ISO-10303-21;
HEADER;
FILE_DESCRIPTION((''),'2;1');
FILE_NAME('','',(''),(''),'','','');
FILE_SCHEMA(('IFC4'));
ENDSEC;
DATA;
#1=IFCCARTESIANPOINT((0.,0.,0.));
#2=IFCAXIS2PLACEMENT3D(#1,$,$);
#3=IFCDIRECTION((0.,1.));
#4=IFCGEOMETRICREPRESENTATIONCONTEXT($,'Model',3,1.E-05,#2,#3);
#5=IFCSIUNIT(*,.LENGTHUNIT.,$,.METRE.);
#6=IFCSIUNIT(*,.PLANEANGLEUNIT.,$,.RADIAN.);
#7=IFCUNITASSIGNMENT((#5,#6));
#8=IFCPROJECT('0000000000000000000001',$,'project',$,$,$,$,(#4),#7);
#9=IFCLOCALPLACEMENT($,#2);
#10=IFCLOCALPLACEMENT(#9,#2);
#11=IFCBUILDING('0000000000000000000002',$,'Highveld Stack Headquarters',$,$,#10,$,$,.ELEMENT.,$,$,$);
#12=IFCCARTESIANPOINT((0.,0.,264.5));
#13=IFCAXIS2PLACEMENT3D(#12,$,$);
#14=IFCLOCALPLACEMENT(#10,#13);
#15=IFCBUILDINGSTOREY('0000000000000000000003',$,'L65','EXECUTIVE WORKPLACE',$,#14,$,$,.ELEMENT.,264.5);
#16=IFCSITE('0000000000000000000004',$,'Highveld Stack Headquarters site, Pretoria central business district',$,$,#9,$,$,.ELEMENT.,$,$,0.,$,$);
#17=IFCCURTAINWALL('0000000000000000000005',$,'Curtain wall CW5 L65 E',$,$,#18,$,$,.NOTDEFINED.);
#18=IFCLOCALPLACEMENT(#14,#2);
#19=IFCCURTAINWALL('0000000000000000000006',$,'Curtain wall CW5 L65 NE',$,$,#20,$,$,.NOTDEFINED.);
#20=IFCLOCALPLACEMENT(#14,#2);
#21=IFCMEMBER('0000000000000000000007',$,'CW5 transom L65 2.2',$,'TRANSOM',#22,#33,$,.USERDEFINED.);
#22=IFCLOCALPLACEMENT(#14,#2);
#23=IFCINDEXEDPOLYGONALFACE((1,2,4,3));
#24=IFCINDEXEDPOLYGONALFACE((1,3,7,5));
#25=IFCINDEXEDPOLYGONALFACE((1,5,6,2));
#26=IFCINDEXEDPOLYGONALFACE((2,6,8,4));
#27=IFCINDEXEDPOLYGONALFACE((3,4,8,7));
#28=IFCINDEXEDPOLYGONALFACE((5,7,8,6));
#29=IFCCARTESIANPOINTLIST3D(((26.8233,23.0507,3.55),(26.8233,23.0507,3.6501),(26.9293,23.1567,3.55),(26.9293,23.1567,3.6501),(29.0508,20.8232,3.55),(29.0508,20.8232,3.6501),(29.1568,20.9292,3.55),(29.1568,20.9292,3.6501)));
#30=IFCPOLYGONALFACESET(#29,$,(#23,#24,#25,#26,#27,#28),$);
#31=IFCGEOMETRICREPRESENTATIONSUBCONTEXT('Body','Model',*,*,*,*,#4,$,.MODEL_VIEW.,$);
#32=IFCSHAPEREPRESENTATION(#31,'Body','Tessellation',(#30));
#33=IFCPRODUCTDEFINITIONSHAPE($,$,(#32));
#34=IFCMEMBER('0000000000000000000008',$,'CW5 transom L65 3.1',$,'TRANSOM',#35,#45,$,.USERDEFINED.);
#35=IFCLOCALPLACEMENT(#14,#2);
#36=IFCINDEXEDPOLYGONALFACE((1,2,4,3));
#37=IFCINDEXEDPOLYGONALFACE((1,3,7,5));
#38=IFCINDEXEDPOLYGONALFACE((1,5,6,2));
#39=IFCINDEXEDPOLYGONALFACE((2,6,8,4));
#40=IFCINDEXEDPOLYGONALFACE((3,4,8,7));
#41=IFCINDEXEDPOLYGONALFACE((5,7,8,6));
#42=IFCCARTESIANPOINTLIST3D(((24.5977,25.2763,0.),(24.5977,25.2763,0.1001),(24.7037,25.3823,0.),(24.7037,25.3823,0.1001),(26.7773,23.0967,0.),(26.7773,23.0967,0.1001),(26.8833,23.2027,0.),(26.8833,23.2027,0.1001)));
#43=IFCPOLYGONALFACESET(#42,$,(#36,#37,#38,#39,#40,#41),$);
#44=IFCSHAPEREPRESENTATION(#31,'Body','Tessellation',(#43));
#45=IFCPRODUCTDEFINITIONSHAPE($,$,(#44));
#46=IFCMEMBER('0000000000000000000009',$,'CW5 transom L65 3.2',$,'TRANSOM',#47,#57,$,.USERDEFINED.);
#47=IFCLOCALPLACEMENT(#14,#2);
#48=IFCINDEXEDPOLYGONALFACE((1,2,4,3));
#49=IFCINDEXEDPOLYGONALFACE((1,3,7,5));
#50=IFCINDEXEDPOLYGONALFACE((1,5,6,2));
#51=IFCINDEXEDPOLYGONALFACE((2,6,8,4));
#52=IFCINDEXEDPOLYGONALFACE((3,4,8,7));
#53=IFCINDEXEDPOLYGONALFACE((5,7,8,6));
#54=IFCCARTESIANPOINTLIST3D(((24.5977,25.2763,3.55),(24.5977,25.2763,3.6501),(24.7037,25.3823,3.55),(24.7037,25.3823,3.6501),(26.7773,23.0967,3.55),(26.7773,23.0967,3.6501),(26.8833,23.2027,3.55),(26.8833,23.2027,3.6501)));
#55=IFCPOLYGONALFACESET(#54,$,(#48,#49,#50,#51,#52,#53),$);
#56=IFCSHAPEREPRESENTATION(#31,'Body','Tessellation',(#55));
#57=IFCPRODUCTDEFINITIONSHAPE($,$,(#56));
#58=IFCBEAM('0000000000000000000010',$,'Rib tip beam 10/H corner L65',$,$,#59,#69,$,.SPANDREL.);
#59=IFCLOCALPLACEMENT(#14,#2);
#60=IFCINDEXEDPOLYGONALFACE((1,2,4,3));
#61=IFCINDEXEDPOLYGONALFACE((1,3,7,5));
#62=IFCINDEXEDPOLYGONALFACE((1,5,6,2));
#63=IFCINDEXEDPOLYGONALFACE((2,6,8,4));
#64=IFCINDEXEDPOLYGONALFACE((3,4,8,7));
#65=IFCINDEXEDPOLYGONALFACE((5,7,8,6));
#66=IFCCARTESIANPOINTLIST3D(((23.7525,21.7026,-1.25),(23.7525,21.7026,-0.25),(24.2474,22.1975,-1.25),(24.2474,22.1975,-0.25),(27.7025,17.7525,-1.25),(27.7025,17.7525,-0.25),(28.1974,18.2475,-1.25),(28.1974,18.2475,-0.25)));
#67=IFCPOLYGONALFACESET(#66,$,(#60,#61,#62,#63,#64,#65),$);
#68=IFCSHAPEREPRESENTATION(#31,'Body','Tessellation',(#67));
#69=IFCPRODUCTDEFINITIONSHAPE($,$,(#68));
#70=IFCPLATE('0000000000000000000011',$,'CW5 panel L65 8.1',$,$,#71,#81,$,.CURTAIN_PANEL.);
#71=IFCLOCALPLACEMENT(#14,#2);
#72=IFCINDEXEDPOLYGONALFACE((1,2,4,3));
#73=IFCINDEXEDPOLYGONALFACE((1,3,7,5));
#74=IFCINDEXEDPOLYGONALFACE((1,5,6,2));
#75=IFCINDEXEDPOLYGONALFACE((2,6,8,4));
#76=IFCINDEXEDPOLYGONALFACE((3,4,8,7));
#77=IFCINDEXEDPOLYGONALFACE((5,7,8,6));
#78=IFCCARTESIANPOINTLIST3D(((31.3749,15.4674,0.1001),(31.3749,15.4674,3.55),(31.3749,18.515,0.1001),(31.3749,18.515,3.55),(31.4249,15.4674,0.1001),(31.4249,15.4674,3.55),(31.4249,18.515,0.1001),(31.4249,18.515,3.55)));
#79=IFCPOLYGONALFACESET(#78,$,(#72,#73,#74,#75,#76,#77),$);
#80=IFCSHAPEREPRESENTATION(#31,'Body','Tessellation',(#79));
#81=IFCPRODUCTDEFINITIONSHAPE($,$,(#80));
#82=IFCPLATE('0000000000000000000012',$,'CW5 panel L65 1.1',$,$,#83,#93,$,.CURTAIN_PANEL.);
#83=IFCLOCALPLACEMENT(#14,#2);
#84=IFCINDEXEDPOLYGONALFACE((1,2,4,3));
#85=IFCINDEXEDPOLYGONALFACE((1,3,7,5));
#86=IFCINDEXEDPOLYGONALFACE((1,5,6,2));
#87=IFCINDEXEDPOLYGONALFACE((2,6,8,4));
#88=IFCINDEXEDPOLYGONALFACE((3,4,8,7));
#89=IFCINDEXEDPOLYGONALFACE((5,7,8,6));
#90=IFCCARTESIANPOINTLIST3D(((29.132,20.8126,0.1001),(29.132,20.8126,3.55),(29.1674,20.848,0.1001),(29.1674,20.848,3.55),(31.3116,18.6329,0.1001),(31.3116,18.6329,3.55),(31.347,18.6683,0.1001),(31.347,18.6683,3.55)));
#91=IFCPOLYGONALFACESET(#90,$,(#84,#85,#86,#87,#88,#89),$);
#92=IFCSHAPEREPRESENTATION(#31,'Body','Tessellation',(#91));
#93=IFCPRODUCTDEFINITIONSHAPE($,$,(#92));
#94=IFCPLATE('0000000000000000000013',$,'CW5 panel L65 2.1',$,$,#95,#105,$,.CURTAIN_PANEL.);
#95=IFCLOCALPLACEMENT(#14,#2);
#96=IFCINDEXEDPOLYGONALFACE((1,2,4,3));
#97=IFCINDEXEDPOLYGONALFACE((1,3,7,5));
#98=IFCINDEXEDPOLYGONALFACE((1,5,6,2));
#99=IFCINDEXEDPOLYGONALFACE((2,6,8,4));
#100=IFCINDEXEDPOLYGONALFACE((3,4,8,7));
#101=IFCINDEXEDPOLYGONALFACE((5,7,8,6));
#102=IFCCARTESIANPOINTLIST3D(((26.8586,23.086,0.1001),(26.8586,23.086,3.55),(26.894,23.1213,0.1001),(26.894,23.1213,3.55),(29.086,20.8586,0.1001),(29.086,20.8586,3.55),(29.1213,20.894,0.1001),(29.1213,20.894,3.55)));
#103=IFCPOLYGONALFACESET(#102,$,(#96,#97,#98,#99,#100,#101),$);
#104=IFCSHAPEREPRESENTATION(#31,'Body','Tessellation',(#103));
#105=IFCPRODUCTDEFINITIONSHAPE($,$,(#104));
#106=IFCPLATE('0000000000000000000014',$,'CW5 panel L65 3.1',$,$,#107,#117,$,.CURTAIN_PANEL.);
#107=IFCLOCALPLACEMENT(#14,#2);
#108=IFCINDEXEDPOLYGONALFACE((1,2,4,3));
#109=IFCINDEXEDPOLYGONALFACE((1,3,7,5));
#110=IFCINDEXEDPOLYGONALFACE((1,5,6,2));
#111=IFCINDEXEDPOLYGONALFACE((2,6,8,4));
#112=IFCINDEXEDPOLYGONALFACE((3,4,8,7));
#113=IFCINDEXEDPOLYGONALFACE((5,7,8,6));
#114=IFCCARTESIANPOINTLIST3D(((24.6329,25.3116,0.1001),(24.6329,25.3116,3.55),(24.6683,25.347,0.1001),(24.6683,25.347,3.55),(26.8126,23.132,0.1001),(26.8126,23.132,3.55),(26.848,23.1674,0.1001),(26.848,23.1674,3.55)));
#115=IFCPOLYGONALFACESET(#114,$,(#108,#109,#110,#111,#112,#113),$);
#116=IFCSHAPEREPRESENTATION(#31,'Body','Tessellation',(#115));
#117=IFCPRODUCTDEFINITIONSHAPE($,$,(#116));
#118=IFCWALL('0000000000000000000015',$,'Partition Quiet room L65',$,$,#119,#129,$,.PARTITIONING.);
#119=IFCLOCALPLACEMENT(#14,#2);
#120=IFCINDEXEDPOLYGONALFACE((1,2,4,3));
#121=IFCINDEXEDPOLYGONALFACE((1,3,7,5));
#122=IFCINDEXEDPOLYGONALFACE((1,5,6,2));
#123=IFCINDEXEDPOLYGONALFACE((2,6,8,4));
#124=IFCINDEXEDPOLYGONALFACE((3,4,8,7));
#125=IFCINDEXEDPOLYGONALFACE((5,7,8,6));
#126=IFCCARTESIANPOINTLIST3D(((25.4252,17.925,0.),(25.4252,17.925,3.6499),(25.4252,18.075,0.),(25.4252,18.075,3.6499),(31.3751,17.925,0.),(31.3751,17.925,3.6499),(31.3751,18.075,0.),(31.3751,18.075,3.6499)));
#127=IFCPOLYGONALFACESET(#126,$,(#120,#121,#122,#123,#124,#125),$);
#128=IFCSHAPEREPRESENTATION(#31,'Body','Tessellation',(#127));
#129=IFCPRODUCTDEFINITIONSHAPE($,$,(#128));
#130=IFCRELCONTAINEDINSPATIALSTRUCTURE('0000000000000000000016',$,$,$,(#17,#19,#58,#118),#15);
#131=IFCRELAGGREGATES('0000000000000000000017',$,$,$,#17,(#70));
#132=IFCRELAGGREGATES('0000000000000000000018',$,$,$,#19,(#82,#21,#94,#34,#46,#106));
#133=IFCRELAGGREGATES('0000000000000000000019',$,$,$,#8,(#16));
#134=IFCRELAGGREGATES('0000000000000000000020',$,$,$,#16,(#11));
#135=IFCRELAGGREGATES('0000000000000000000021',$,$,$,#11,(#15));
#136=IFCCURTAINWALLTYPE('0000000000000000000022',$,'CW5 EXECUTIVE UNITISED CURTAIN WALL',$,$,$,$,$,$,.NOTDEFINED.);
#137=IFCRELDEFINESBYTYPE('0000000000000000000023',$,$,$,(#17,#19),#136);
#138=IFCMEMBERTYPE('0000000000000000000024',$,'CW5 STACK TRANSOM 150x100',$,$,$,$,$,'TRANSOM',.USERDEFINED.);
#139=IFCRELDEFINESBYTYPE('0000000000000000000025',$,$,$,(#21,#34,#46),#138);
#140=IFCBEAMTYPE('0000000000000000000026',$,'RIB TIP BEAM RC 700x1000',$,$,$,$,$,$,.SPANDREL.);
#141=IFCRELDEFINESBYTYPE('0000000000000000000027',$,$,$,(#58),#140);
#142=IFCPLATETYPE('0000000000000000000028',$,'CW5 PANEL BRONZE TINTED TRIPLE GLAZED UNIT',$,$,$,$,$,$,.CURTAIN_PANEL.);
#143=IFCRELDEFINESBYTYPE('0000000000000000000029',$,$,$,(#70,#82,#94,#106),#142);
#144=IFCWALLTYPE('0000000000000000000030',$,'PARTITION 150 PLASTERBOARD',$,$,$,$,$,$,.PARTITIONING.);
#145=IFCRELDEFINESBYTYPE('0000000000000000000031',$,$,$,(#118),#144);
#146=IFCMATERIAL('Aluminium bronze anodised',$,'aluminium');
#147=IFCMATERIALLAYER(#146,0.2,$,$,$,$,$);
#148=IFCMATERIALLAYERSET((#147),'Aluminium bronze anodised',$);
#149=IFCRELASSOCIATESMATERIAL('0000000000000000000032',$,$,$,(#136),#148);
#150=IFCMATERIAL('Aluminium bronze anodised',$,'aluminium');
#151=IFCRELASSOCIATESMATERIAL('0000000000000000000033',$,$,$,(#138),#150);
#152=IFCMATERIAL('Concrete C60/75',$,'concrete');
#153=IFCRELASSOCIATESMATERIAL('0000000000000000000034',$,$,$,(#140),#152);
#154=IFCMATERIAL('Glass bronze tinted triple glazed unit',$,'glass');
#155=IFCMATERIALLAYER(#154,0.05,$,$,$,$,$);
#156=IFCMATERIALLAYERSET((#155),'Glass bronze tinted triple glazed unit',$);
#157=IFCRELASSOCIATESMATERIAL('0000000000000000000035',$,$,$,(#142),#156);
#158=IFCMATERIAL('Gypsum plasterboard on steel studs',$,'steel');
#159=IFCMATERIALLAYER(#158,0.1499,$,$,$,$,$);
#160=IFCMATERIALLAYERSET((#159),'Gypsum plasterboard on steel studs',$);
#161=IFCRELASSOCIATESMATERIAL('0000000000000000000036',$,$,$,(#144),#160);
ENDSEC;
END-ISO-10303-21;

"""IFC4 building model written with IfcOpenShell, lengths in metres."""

from ifc_helpers import new_model, si_unit, direction, frame, frame_2d, origin, origin_2d, place, context, subcontext, project, spatial, rectangle, extrude, material, layer, layer_set, material_profile, profile_set, type_object, element, aggregate, save


model = new_model("IFC4")

# Units and contexts
model_context = context("Model", 3, precision=1e-05, world=origin(), true_north=direction((0.0, 1.0)))
body_context = subcontext(model_context, "Body", "Model", "MODEL_VIEW")
ifc_project = project(units=[si_unit("LENGTHUNIT", "METRE"), si_unit("PLANEANGLEUNIT", "RADIAN")], contexts=[model_context])

# Site, building, storey
site_placement = place(None, origin())
site = spatial("IfcSite", under=ifc_project, at=site_placement, Name="Highveld Stack Headquarters site, Pretoria central business district", CompositionType="ELEMENT", RefElevation=0.0)
building_placement = place(site_placement, origin())
building = spatial("IfcBuilding", under=site, at=building_placement, Name="Highveld Stack Headquarters", CompositionType="ELEMENT")
storey_placement = place(building_placement, frame((0.0, 0.0, 264.5)))
storey = spatial("IfcBuildingStorey", under=building, at=storey_placement, Name="L65", Description="EXECUTIVE WORKPLACE", CompositionType="ELEMENT", Elevation=264.5)

# Curtain walls
ifc_material_1 = material(Name="Aluminium bronze anodised", Category="aluminium")
ifc_layer_1 = layer(ifc_material_1, 0.2)
ifc_layer_set_1 = layer_set([ifc_layer_1], Name="Aluminium bronze anodised")
curtain_wall_type = type_object("IfcCurtainWallType", Name="CW5 EXECUTIVE UNITISED CURTAIN WALL", PredefinedType="NOTDEFINED", material=ifc_layer_set_1)
curtain_wall_1_placement = place(storey_placement, origin())
curtain_wall_1 = element("IfcCurtainWall", 1, at=curtain_wall_1_placement, inside=storey, type_object=curtain_wall_type, Name="Curtain wall CW5 L65 E", PredefinedType="NOTDEFINED")
curtain_wall_2_placement = place(storey_placement, origin())
curtain_wall_2 = element("IfcCurtainWall", 2, at=curtain_wall_2_placement, inside=storey, type_object=curtain_wall_type, Name="Curtain wall CW5 L65 NE", PredefinedType="NOTDEFINED")

# Members
ifc_material_2 = material(Name="Aluminium bronze anodised", Category="aluminium")
ifc_material_profile_1 = material_profile(ifc_material_2, rectangle(XDim=0.1499, YDim=0.1001, at=origin_2d()), Name="CW5 TRANSOM 150x100")
ifc_profile_set_1 = profile_set([ifc_material_profile_1], Name="Aluminium bronze anodised")
member_type_1 = type_object("IfcMemberType", Name="CW5 STACK TRANSOM 150x100", ElementType="TRANSOM", PredefinedType="USERDEFINED", material=ifc_profile_set_1)
member_1_placement = place(storey_placement, frame((29.1038, 20.8762, 3.6001), z_axis=(-0.707107, 0.707107, 0.0), x_axis=(-0.707107, -0.707107, 0.0)))
member_1 = element("IfcMember", 3, at=member_1_placement, type_object=member_type_1, Name="CW5 transom L65 2.2", ObjectType="TRANSOM", PredefinedType="USERDEFINED", context=body_context, shape_type="SweptSolid", body=[
    extrude(rectangle(XDim=0.1499, YDim=0.1001, at=origin_2d()), origin(), (0.0, 0.0, 1.0), 3.1501),
])
member_2_placement = place(storey_placement, frame((26.8303, 23.1497, 0.05), z_axis=(-0.707107, 0.707107, 0.0), x_axis=(-0.707107, -0.707107, 0.0)))
member_2 = element("IfcMember", 4, at=member_2_placement, type_object=member_type_1, Name="CW5 transom L65 3.1", ObjectType="TRANSOM", PredefinedType="USERDEFINED", context=body_context, shape_type="SweptSolid", body=[
    extrude(rectangle(XDim=0.1499, YDim=0.1001, at=origin_2d()), origin(), (0.0, 0.0, 1.0), 3.0825),
])
member_3_placement = place(storey_placement, frame((26.8303, 23.1497, 3.6001), z_axis=(-0.707107, 0.707107, 0.0), x_axis=(-0.707107, -0.707107, 0.0)))
member_3 = element("IfcMember", 5, at=member_3_placement, type_object=member_type_1, Name="CW5 transom L65 3.2", ObjectType="TRANSOM", PredefinedType="USERDEFINED", context=body_context, shape_type="SweptSolid", body=[
    extrude(rectangle(XDim=0.1499, YDim=0.1001, at=origin_2d()), origin(), (0.0, 0.0, 1.0), 3.0825),
])

# Beam
ifc_material_3 = material(Name="Concrete C60/75", Category="concrete")
ifc_material_profile_2 = material_profile(ifc_material_3, rectangle(XDim=0.7, YDim=1.0, at=origin_2d()), Name="RC 700x1000")
ifc_profile_set_2 = profile_set([ifc_material_profile_2], Name="Concrete C60/75")
beam_type = type_object("IfcBeamType", Name="RIB TIP BEAM RC 700x1000", PredefinedType="SPANDREL", material=ifc_profile_set_2)
beam_placement = place(storey_placement, frame((27.95, 18.0, -0.75), z_axis=(-0.707107, 0.707107, 0.0), x_axis=(-0.707107, -0.707107, 0.0)))
element("IfcBeam", 6, at=beam_placement, inside=storey, type_object=beam_type, Name="Rib tip beam 10/H corner L65", PredefinedType="SPANDREL", context=body_context, shape_type="SweptSolid", body=[
    extrude(rectangle(XDim=0.7, YDim=1.0, at=origin_2d()), origin(), (0.0, 0.0, 1.0), 5.5862),
])

# Plates
ifc_material_4 = material(Name="Glass bronze tinted triple glazed unit", Category="glass")
ifc_layer_2 = layer(ifc_material_4, 0.05)
ifc_layer_set_2 = layer_set([ifc_layer_2], Name="Glass bronze tinted triple glazed unit")
plate_type = type_object("IfcPlateType", Name="CW5 PANEL BRONZE TINTED TRIPLE GLAZED UNIT", PredefinedType="CURTAIN_PANEL", material=ifc_layer_set_2)
plate_1_placement = place(storey_placement, frame((31.3999, 16.9912, 0.1001), z_axis=(0.0, 0.0, 1.0), x_axis=(0.0, 1.0, 0.0)))
plate_1 = element("IfcPlate", 7, at=plate_1_placement, type_object=plate_type, Name="CW5 panel L65 8.1", PredefinedType="CURTAIN_PANEL", context=body_context, shape_type="SweptSolid", body=[
    extrude(rectangle(XDim=3.0476, YDim=0.05, at=origin_2d()), origin(), (0.0, 0.0, 1.0), 3.45),
])
aggregate(curtain_wall_1, [plate_1])
plate_2_placement = place(storey_placement, frame((30.2395, 19.7405, 0.1001), z_axis=(0.0, 0.0, 1.0), x_axis=(-0.707107, 0.707107, 0.0)))
plate_2 = element("IfcPlate", 8, at=plate_2_placement, type_object=plate_type, Name="CW5 panel L65 1.1", PredefinedType="CURTAIN_PANEL", context=body_context, shape_type="SweptSolid", body=[
    extrude(rectangle(XDim=3.0825, YDim=0.05, at=origin_2d()), origin(), (0.0, 0.0, 1.0), 3.45),
])
plate_3_placement = place(storey_placement, frame((27.99, 21.99, 0.1001), z_axis=(0.0, 0.0, 1.0), x_axis=(-0.707107, 0.707107, 0.0)))
plate_3 = element("IfcPlate", 9, at=plate_3_placement, type_object=plate_type, Name="CW5 panel L65 2.1", PredefinedType="CURTAIN_PANEL", context=body_context, shape_type="SweptSolid", body=[
    extrude(rectangle(XDim=3.1499, YDim=0.05, at=origin_2d()), origin(), (0.0, 0.0, 1.0), 3.45),
])
plate_4_placement = place(storey_placement, frame((25.7405, 24.2395, 0.1001), z_axis=(0.0, 0.0, 1.0), x_axis=(-0.707107, 0.707107, 0.0)))
plate_4 = element("IfcPlate", 10, at=plate_4_placement, type_object=plate_type, Name="CW5 panel L65 3.1", PredefinedType="CURTAIN_PANEL", context=body_context, shape_type="SweptSolid", body=[
    extrude(rectangle(XDim=3.0825, YDim=0.05, at=origin_2d()), origin(), (0.0, 0.0, 1.0), 3.45),
])
aggregate(curtain_wall_2, [plate_2, member_1, plate_3, member_2, member_3, plate_4])

# Wall
ifc_material_5 = material(Name="Gypsum plasterboard on steel studs", Category="steel")
ifc_layer_3 = layer(ifc_material_5, 0.1499)
ifc_layer_set_3 = layer_set([ifc_layer_3], Name="Gypsum plasterboard on steel studs")
wall_type = type_object("IfcWallType", Name="PARTITION 150 PLASTERBOARD", PredefinedType="PARTITIONING", material=ifc_layer_set_3)
wall_placement = place(storey_placement, frame((25.425, 18.0, 0.0), z_axis=(0.0, 0.0, 1.0), x_axis=(1.0, 0.0, 0.0)))
element("IfcWall", 11, at=wall_placement, inside=storey, type_object=wall_type, Name="Partition Quiet room L65", PredefinedType="PARTITIONING", context=body_context, shape_type="SweptSolid", body=[
    extrude(rectangle(XDim=5.95, YDim=0.1499, at=frame_2d((2.9751, 0.0))), origin(), (0.0, 0.0, 1.0), 3.6499),
])

save(model, "model.ifc")
